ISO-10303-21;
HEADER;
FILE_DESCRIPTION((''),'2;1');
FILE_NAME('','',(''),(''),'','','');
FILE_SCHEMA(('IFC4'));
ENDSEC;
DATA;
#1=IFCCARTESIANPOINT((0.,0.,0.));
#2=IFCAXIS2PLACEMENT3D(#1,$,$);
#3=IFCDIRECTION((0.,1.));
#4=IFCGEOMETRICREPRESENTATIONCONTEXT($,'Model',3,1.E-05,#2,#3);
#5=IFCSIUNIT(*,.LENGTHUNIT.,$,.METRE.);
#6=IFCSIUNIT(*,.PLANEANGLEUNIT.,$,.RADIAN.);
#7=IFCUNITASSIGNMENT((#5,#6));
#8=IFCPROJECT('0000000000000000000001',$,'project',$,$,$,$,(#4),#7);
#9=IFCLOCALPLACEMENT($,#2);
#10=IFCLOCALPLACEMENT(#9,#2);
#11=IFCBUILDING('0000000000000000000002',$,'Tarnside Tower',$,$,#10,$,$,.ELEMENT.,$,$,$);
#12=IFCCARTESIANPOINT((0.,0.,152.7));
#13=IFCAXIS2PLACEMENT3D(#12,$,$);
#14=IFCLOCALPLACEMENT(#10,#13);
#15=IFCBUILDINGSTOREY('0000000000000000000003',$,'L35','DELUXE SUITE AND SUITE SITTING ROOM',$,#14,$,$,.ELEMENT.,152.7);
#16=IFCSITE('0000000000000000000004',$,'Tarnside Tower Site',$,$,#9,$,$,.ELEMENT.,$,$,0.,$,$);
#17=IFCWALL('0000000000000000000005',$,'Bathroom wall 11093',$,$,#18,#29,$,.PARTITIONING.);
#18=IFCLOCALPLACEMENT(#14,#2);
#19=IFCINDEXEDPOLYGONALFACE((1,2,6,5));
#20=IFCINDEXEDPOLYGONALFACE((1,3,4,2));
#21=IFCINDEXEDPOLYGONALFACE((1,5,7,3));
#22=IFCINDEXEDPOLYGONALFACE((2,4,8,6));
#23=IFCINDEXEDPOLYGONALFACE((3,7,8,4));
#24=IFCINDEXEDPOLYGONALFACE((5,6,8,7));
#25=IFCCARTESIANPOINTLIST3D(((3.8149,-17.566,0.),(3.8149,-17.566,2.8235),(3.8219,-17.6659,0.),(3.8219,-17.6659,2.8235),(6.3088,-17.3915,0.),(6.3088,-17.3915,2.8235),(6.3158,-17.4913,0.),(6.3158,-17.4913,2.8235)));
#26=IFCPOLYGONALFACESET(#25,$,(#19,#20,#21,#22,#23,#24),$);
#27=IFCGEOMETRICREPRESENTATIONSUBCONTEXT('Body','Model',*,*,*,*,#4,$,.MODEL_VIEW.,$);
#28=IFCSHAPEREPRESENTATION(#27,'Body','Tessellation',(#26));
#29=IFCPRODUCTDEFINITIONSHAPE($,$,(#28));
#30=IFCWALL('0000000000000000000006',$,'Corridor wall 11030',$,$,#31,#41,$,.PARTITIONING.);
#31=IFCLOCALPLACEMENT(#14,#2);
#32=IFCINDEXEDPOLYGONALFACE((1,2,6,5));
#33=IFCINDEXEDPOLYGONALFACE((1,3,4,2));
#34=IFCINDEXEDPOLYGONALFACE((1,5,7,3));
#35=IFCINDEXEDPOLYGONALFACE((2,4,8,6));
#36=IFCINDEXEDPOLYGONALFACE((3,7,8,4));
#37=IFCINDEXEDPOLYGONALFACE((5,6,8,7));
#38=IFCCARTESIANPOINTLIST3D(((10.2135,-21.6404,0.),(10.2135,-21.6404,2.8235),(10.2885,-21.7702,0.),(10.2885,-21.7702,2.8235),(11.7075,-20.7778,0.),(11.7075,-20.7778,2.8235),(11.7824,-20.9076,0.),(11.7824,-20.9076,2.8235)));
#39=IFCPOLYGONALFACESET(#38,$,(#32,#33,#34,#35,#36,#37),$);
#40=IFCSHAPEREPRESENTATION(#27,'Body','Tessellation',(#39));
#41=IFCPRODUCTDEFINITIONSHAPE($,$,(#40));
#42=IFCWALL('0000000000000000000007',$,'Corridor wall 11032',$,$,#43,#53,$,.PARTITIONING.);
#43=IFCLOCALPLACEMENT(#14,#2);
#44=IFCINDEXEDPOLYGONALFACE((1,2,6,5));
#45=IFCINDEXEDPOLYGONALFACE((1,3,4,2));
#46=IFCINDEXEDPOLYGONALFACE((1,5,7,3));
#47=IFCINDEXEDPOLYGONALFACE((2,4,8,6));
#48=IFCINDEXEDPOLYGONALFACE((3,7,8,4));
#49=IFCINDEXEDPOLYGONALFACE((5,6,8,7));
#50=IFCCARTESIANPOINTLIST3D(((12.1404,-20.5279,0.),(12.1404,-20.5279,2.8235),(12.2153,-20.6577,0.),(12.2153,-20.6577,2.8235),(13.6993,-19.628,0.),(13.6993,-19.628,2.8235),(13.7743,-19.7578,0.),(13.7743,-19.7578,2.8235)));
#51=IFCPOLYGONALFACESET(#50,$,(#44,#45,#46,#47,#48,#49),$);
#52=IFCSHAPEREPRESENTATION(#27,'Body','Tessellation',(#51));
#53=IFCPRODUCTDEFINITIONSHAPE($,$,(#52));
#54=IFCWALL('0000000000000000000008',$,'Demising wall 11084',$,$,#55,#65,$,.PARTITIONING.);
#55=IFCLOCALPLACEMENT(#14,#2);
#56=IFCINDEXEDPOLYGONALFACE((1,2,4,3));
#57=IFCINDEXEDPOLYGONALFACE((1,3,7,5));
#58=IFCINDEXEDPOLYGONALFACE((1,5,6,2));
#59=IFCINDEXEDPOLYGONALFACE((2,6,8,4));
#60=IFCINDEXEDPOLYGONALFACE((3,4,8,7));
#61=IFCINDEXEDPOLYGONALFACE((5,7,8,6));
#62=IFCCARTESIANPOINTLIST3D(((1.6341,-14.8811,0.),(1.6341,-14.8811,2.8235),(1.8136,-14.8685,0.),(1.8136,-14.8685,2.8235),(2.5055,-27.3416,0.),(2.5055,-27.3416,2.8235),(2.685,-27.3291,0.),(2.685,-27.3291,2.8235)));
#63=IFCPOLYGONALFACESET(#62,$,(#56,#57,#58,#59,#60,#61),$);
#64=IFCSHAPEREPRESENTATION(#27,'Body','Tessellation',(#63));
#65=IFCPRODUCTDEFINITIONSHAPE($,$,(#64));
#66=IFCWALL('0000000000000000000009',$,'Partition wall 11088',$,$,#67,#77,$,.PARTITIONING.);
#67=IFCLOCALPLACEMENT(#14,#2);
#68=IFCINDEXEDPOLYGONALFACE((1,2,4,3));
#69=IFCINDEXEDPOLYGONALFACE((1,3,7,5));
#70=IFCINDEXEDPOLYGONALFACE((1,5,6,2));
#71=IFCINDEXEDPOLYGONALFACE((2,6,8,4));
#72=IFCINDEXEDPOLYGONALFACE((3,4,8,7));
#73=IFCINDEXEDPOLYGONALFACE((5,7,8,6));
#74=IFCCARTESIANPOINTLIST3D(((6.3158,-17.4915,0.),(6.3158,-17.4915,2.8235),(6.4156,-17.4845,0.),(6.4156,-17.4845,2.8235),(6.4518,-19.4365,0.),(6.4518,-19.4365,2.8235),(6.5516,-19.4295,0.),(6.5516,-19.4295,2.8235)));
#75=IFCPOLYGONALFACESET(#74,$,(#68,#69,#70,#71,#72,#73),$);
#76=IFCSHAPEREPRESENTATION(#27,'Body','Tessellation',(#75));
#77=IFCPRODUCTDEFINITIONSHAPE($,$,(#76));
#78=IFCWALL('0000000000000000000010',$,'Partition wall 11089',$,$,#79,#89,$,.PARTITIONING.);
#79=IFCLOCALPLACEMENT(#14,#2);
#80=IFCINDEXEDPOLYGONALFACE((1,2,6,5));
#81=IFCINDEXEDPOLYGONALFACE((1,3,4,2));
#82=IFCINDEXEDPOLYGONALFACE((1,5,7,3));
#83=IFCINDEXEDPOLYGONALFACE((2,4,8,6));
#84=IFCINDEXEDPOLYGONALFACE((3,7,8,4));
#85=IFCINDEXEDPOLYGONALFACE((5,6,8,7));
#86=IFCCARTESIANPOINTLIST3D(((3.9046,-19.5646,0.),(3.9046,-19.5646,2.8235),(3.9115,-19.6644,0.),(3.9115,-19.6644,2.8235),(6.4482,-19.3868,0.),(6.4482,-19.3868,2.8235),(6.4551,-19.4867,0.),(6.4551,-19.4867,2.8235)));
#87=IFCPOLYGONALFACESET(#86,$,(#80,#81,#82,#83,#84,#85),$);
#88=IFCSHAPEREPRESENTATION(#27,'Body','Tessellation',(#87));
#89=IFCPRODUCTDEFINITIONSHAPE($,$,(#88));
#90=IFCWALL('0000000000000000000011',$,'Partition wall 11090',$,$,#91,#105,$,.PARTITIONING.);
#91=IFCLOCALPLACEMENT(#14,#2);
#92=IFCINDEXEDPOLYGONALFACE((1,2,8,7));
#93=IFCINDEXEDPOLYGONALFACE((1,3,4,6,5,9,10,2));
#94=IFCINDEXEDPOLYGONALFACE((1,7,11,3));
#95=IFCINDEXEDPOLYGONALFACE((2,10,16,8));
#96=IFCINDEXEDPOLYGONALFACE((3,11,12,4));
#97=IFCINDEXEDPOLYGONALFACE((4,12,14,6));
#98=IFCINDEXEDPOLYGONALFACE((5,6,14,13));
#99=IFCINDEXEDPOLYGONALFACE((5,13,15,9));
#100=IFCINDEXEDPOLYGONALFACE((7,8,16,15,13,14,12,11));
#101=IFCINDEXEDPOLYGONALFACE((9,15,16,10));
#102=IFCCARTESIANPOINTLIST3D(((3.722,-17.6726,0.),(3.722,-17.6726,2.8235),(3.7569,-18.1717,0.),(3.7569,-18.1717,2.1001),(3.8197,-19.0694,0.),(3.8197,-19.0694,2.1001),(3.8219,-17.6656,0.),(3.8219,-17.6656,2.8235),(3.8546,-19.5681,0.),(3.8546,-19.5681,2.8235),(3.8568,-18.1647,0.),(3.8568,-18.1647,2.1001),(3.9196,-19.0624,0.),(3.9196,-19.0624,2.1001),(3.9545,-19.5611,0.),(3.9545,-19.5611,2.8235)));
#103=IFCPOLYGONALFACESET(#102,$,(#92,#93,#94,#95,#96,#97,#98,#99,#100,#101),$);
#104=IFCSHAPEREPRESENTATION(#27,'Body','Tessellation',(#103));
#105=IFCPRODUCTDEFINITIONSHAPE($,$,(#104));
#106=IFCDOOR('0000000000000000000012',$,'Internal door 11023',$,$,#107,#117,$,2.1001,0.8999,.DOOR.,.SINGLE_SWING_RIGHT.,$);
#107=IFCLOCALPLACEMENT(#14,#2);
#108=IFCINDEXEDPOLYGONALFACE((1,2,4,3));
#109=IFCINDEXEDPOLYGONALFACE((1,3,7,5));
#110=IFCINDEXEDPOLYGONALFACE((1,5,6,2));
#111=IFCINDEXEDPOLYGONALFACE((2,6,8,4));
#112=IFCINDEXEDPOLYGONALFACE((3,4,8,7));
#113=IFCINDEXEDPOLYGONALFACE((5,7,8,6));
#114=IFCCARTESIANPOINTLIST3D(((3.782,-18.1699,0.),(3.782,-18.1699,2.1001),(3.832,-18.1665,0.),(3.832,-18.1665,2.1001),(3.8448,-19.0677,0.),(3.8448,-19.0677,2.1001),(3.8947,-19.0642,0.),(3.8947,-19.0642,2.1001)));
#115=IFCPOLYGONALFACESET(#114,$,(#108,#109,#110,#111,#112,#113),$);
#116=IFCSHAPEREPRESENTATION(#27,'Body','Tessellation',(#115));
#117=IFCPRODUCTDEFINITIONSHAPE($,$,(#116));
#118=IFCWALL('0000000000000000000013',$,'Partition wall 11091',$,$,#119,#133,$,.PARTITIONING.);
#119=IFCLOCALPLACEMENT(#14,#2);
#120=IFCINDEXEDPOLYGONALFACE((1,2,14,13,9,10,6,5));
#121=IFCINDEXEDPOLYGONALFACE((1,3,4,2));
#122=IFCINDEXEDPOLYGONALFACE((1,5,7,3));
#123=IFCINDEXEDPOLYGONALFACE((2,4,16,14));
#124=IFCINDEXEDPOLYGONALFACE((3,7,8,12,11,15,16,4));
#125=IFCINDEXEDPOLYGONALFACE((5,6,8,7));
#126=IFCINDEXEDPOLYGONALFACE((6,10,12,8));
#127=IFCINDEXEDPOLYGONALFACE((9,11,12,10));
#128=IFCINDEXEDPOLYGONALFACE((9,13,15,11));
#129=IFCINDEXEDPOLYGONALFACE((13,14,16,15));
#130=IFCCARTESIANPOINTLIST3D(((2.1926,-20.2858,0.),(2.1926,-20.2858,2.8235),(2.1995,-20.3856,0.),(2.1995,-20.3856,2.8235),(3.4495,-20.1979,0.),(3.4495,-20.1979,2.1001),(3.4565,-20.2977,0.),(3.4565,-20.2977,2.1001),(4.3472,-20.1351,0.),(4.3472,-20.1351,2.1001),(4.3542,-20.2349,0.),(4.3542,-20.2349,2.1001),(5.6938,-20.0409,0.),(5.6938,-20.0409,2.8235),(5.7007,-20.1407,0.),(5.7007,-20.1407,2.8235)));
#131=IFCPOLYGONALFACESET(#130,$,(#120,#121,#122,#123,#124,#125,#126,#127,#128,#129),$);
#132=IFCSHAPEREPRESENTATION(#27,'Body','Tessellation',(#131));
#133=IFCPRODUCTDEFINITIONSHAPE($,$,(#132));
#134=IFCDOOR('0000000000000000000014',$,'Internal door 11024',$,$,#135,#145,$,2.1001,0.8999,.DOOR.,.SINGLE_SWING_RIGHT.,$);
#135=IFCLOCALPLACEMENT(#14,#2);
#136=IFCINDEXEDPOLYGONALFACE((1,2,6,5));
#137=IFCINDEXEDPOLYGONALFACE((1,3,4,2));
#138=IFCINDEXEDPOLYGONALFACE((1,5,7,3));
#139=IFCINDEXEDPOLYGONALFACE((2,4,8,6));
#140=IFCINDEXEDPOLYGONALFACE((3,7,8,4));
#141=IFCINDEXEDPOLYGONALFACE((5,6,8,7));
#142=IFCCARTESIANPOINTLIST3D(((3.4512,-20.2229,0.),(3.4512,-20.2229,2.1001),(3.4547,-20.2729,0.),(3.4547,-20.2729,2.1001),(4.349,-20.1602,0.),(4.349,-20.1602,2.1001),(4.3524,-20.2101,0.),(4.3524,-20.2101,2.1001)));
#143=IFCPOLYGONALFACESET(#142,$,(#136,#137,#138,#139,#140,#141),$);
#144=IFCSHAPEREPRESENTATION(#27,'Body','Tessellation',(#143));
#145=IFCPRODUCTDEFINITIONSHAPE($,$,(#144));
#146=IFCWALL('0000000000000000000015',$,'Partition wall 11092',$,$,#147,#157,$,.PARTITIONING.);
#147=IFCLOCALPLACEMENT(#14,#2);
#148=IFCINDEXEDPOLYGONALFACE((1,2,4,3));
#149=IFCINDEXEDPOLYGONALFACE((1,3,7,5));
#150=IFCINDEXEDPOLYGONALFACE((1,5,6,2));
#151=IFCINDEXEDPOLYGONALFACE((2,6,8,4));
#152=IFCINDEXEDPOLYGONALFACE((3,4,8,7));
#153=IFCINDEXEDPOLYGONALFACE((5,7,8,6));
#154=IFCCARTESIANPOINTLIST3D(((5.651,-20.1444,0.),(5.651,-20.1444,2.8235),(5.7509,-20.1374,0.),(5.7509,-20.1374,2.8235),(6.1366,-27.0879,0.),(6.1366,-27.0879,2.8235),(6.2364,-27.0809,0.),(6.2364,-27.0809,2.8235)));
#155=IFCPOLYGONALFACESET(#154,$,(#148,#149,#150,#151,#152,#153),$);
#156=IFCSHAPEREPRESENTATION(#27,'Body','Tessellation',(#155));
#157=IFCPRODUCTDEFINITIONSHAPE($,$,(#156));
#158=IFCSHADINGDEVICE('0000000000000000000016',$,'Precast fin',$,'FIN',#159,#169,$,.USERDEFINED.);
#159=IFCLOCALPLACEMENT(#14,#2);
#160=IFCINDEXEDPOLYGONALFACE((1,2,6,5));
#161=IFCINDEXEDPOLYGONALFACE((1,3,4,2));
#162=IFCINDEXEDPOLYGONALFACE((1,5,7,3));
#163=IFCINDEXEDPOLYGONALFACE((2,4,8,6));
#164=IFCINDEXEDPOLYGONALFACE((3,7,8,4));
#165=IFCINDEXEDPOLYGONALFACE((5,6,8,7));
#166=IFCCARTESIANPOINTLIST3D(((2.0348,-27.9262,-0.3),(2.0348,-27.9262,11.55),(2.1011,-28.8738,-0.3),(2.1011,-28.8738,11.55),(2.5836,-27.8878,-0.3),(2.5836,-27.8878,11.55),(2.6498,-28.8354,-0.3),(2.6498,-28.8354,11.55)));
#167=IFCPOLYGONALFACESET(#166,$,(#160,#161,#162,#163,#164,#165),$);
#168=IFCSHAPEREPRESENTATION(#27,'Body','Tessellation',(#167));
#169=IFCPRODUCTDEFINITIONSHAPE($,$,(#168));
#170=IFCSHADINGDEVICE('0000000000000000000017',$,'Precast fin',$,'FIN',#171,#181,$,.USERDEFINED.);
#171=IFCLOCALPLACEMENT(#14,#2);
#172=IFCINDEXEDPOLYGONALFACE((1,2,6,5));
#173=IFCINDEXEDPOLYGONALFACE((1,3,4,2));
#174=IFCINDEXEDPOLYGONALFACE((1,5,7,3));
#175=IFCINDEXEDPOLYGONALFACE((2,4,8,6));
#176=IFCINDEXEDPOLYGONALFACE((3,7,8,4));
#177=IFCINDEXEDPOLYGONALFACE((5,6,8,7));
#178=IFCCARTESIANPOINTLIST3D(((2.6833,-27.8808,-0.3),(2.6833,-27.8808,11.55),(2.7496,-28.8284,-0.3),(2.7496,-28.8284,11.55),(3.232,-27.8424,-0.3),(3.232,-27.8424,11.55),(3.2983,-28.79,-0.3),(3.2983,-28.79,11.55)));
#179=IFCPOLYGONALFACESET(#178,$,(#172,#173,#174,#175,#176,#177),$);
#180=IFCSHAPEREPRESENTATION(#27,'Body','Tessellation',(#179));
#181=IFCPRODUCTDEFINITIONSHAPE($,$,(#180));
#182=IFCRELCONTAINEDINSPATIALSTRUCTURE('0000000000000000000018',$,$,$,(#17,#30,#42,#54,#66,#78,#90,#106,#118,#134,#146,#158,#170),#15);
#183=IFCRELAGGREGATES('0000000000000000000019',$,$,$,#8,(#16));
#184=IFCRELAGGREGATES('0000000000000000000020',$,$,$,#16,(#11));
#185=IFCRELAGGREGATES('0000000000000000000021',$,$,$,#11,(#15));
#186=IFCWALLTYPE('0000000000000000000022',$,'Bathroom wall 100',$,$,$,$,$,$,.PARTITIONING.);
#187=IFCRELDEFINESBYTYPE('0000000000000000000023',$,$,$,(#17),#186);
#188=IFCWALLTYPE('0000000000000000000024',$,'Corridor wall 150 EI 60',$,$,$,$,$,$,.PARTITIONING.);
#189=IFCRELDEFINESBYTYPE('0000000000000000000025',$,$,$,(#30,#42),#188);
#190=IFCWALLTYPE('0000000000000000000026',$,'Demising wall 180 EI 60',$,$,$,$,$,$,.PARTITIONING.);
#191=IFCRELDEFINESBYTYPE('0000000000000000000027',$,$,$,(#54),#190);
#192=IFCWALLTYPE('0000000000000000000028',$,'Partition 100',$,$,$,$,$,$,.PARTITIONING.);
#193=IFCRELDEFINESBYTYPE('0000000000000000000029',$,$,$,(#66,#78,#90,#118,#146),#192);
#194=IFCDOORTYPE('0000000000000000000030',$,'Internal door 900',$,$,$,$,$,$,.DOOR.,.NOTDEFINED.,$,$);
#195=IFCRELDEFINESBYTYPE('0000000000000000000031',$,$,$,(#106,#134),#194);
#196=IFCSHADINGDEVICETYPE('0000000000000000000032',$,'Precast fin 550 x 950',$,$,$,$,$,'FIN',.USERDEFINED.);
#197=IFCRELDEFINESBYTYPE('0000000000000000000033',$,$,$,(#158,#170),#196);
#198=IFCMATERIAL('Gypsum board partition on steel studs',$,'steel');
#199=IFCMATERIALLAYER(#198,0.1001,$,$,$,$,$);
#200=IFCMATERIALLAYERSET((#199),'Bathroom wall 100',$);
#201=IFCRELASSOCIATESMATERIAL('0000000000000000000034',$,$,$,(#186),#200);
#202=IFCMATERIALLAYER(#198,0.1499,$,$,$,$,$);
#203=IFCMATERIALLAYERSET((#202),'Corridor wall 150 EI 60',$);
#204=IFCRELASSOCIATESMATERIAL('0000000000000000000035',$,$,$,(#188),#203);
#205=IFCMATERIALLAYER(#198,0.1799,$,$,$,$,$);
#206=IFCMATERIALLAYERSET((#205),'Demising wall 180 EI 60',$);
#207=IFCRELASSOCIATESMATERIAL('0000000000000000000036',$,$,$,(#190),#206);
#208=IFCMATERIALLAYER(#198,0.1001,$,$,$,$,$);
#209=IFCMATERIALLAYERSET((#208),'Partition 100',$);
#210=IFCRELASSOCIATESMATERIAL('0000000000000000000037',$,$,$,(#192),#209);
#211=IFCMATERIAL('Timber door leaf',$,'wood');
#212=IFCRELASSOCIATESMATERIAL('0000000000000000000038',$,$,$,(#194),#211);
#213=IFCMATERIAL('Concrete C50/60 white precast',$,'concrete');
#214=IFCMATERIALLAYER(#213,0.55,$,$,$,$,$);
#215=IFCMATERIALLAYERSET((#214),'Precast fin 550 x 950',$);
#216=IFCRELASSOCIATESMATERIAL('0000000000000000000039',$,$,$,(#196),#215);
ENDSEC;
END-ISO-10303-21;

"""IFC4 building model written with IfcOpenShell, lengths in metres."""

from ifc_helpers import new_model, si_unit, direction, frame, frame_2d, origin, place, context, subcontext, project, spatial, polyline, rectangle, outline, extrude, material, layer, layer_set, type_object, element, fill, save


model = new_model("IFC4")

# Units and contexts
model_context = context("Model", 3, precision=1e-05, world=origin(), true_north=direction((0.0, 1.0)))
body_context = subcontext(model_context, "Body", "Model", "MODEL_VIEW")
ifc_project = project(units=[si_unit("LENGTHUNIT", "METRE"), si_unit("PLANEANGLEUNIT", "RADIAN")], contexts=[model_context])

# Site, building, storey
site_placement = place(None, origin())
site = spatial("IfcSite", under=ifc_project, at=site_placement, Name="Tarnside Tower Site", CompositionType="ELEMENT", RefElevation=0.0)
building_placement = place(site_placement, origin())
building = spatial("IfcBuilding", under=site, at=building_placement, Name="Tarnside Tower", CompositionType="ELEMENT")
storey_placement = place(building_placement, frame((0.0, 0.0, 152.7)))
storey = spatial("IfcBuildingStorey", under=building, at=storey_placement, Name="L35", Description="DELUXE SUITE AND SUITE SITTING ROOM", CompositionType="ELEMENT", Elevation=152.7)

# Shared definitions
ifc_material_1 = material(Name="Gypsum board partition on steel studs", Category="steel")
ifc_layer_1 = layer(ifc_material_1, 0.1001)
ifc_layer_set_1 = layer_set([ifc_layer_1], Name="Bathroom wall 100")
wall_type_1 = type_object("IfcWallType", Name="Bathroom wall 100", PredefinedType="PARTITIONING", material=ifc_layer_set_1)
ifc_material_2 = material(Name="Timber door leaf", Category="wood")

# Walls
wall_1_placement = place(storey_placement, frame((3.8184, -17.616, 0.0), z_axis=(0.0, 0.0, 1.0), x_axis=(0.997559, 0.069824, 0.0)))
element("IfcWall", 1, at=wall_1_placement, inside=storey, type_object=wall_type_1, Name="Bathroom wall 11093", PredefinedType="PARTITIONING", context=body_context, shape_type="SweptSolid", body=[
    extrude(rectangle(XDim=2.5, YDim=0.1001, at=frame_2d((1.25, 0.0))), origin(), (0.0, 0.0, 1.0), 2.8235),
])
ifc_layer_2 = layer(ifc_material_1, 0.1499)
ifc_layer_set_2 = layer_set([ifc_layer_2], Name="Corridor wall 150 EI 60")
wall_type_2 = type_object("IfcWallType", Name="Corridor wall 150 EI 60", PredefinedType="PARTITIONING", material=ifc_layer_set_2)
wall_2_placement = place(storey_placement, frame((10.251, -21.7053, 0.0), z_axis=(0.0, 0.0, 1.0), x_axis=(0.866014, 0.500021, 0.0)))
element("IfcWall", 2, at=wall_2_placement, inside=storey, type_object=wall_type_2, Name="Corridor wall 11030", PredefinedType="PARTITIONING", context=body_context, shape_type="SweptSolid", body=[
    extrude(rectangle(XDim=1.7251, YDim=0.1499, at=frame_2d((0.8625, 0.0))), origin(), (0.0, 0.0, 1.0), 2.8235),
])
wall_3_placement = place(storey_placement, frame((12.178, -20.5928, 0.0), z_axis=(0.0, 0.0, 1.0), x_axis=(0.866048, 0.499961, 0.0)))
element("IfcWall", 3, at=wall_3_placement, inside=storey, type_object=wall_type_2, Name="Corridor wall 11032", PredefinedType="PARTITIONING", context=body_context, shape_type="SweptSolid", body=[
    extrude(rectangle(XDim=1.8, YDim=0.1499, at=frame_2d((0.8999, 0.0))), origin(), (0.0, 0.0, 1.0), 2.8235),
])
ifc_layer_3 = layer(ifc_material_1, 0.1799)
ifc_layer_set_3 = layer_set([ifc_layer_3], Name="Demising wall 180 EI 60")
wall_type_3 = type_object("IfcWallType", Name="Demising wall 180 EI 60", PredefinedType="PARTITIONING", material=ifc_layer_set_3)
wall_4_placement = place(storey_placement, frame((2.5952, -27.3354, 0.0), z_axis=(0.0, 0.0, 1.0), x_axis=(-0.069758, 0.997564, 0.0)))
element("IfcWall", 4, at=wall_4_placement, inside=storey, type_object=wall_type_3, Name="Demising wall 11084", PredefinedType="PARTITIONING", context=body_context, shape_type="SweptSolid", body=[
    extrude(rectangle(XDim=12.491, YDim=0.1799, at=frame_2d((6.2456, 0.0))), origin(), (0.0, 0.0, 1.0), 2.8235),
])
ifc_layer_4 = layer(ifc_material_1, 0.1001)
ifc_layer_set_4 = layer_set([ifc_layer_4], Name="Partition 100")
wall_type_4 = type_object("IfcWallType", Name="Partition 100", PredefinedType="PARTITIONING", material=ifc_layer_set_4)
wall_5_placement = place(storey_placement, frame((6.3657, -17.488, 0.0), z_axis=(0.0, 0.0, 1.0), x_axis=(0.069743, -0.997565, 0.0)))
element("IfcWall", 5, at=wall_5_placement, inside=storey, type_object=wall_type_4, Name="Partition wall 11088", PredefinedType="PARTITIONING", context=body_context, shape_type="SweptSolid", body=[
    extrude(rectangle(XDim=1.9497, YDim=0.1001, at=frame_2d((0.9749, 0.0))), origin(), (0.0, 0.0, 1.0), 2.8235),
])
wall_6_placement = place(storey_placement, frame((6.4517, -19.4368, 0.0), z_axis=(0.0, 0.0, 1.0), x_axis=(-0.997568, -0.069702, 0.0)))
element("IfcWall", 6, at=wall_6_placement, inside=storey, type_object=wall_type_4, Name="Partition wall 11089", PredefinedType="PARTITIONING", context=body_context, shape_type="SweptSolid", body=[
    extrude(rectangle(XDim=2.5498, YDim=0.1001, at=frame_2d((1.2749, 0.0))), origin(), (0.0, 0.0, 1.0), 2.8235),
])

# Walls, openings, doors
wall_7_placement = place(storey_placement, frame((3.9045, -19.5647, 0.0), z_axis=(0.0, 0.0, 1.0), x_axis=(-0.069768, 0.997563, 0.0)))
wall_7 = element("IfcWall", 7, at=wall_7_placement, inside=storey, type_object=wall_type_4, Name="Partition wall 11090", PredefinedType="PARTITIONING", context=body_context, shape_type="SweptSolid", body=[
    extrude(rectangle(XDim=1.9001, YDim=0.1001, at=frame_2d((0.9502, 0.0))), origin(), (0.0, 0.0, 1.0), 2.8235),
])
opening_1_placement = place(wall_7_placement, frame((0.5, 0.0, 0.0)))
opening_1 = element("IfcOpeningElement", 8, at=opening_1_placement, cuts=wall_7, PredefinedType="OPENING", context=body_context, shape_type="SweptSolid", body=[
    extrude(rectangle(XDim=0.8999, YDim=2.1001, at=frame_2d((0.45, 1.05))), frame((0.0, 0.0601, 0.0), z_axis=(0.0, -1.0, 0.0), x_axis=(1.0, 0.0, 0.0)), (0.0, 0.0, 1.0), 0.1201),
])
door_type_1 = type_object("IfcDoorType", Name="Internal door 900", OperationType="NOTDEFINED", PredefinedType="DOOR", material=ifc_material_2)
door_1_placement = place(opening_1_placement, origin())
door_1 = element("IfcDoor", 9, at=door_1_placement, inside=storey, type_object=door_type_1, Name="Internal door 11023", OperationType="SINGLE_SWING_RIGHT", OverallHeight=2.1001, OverallWidth=0.8999, PredefinedType="DOOR", context=body_context, shape_type="SweptSolid", body=[
    extrude(rectangle(XDim=0.8999, YDim=2.1001, at=frame_2d((0.45, 1.05))), frame((0.0, 0.0249, 0.0), z_axis=(0.0, -1.0, 0.0), x_axis=(1.0, 0.0, 0.0)), (0.0, 0.0, 1.0), 0.05),
])
fill(opening_1, door_1)
wall_8_placement = place(storey_placement, frame((2.196, -20.3357, 0.0), z_axis=(0.0, 0.0, 1.0), x_axis=(0.997563, 0.069769, 0.0)))
wall_8 = element("IfcWall", 10, at=wall_8_placement, inside=storey, type_object=wall_type_4, Name="Partition wall 11091", PredefinedType="PARTITIONING", context=body_context, shape_type="SweptSolid", body=[
    extrude(rectangle(XDim=3.5098, YDim=0.1001, at=frame_2d((1.7549, 0.0))), origin(), (0.0, 0.0, 1.0), 2.8235),
])
opening_2_placement = place(wall_8_placement, frame((1.26, 0.0, 0.0)))
opening_2 = element("IfcOpeningElement", 11, at=opening_2_placement, cuts=wall_8, PredefinedType="OPENING", context=body_context, shape_type="SweptSolid", body=[
    extrude(rectangle(XDim=0.8999, YDim=2.1001, at=frame_2d((0.45, 1.05))), frame((0.0, 0.0601, 0.0), z_axis=(0.0, -1.0, 0.0), x_axis=(1.0, 0.0, 0.0)), (0.0, 0.0, 1.0), 0.1201),
])
door_2_placement = place(opening_2_placement, origin())
door_2 = element("IfcDoor", 12, at=door_2_placement, inside=storey, type_object=door_type_1, Name="Internal door 11024", OperationType="SINGLE_SWING_RIGHT", OverallHeight=2.1001, OverallWidth=0.8999, PredefinedType="DOOR", context=body_context, shape_type="SweptSolid", body=[
    extrude(rectangle(XDim=0.8999, YDim=2.1001, at=frame_2d((0.45, 1.05))), frame((0.0, 0.0249, 0.0), z_axis=(0.0, -1.0, 0.0), x_axis=(1.0, 0.0, 0.0)), (0.0, 0.0, 1.0), 0.05),
])
fill(opening_2, door_2)

# Wall
wall_9_placement = place(storey_placement, frame((5.7009, -20.1409, 0.0), z_axis=(0.0, 0.0, 1.0), x_axis=(0.069764, -0.997564, 0.0)))
element("IfcWall", 13, at=wall_9_placement, inside=storey, type_object=wall_type_4, Name="Partition wall 11092", PredefinedType="PARTITIONING", context=body_context, shape_type="SweptSolid", body=[
    extrude(rectangle(XDim=6.9604, YDim=0.1001, at=frame_2d((3.4802, 0.0))), origin(), (0.0, 0.0, 1.0), 2.8235),
])

# Shading devices
ifc_material_3 = material(Name="Concrete C50/60 white precast", Category="concrete")
ifc_layer_5 = layer(ifc_material_3, 0.55)
ifc_layer_set_5 = layer_set([ifc_layer_5], Name="Precast fin 550 x 950")
shading_device_type = type_object("IfcShadingDeviceType", Name="Precast fin 550 x 950", ElementType="FIN", PredefinedType="USERDEFINED", material=ifc_layer_set_5)
for number, where, z_axis, x_axis, name in (
    (14, (2.3093, -27.907, -0.3), (-0.997564, -0.069756, 0.0), (0.069756, -0.997564, 0.0), "Precast fin"),
    (15, (2.9578, -27.8616, -0.3), (-0.997564, -0.069756, 0.0), (0.069756, -0.997564, 0.0), "Precast fin"),
):
    element("IfcShadingDevice", number, at=place(storey_placement, frame(where, z_axis=z_axis, x_axis=x_axis)), inside=storey, type_object=shading_device_type, Name=name, ObjectType="FIN", PredefinedType="USERDEFINED", context=body_context, shape_type="SweptSolid", body=[
        extrude(outline(polyline([(0.0, 0.0), (0.95, 0.0), (0.95, 11.8501), (0.0, 11.8501), (0.0, 0.0)])), frame((0.0, 0.0, -0.2749)), (0.0, 0.0, 1.0), 0.55),
    ])

save(model, "model.ifc")
